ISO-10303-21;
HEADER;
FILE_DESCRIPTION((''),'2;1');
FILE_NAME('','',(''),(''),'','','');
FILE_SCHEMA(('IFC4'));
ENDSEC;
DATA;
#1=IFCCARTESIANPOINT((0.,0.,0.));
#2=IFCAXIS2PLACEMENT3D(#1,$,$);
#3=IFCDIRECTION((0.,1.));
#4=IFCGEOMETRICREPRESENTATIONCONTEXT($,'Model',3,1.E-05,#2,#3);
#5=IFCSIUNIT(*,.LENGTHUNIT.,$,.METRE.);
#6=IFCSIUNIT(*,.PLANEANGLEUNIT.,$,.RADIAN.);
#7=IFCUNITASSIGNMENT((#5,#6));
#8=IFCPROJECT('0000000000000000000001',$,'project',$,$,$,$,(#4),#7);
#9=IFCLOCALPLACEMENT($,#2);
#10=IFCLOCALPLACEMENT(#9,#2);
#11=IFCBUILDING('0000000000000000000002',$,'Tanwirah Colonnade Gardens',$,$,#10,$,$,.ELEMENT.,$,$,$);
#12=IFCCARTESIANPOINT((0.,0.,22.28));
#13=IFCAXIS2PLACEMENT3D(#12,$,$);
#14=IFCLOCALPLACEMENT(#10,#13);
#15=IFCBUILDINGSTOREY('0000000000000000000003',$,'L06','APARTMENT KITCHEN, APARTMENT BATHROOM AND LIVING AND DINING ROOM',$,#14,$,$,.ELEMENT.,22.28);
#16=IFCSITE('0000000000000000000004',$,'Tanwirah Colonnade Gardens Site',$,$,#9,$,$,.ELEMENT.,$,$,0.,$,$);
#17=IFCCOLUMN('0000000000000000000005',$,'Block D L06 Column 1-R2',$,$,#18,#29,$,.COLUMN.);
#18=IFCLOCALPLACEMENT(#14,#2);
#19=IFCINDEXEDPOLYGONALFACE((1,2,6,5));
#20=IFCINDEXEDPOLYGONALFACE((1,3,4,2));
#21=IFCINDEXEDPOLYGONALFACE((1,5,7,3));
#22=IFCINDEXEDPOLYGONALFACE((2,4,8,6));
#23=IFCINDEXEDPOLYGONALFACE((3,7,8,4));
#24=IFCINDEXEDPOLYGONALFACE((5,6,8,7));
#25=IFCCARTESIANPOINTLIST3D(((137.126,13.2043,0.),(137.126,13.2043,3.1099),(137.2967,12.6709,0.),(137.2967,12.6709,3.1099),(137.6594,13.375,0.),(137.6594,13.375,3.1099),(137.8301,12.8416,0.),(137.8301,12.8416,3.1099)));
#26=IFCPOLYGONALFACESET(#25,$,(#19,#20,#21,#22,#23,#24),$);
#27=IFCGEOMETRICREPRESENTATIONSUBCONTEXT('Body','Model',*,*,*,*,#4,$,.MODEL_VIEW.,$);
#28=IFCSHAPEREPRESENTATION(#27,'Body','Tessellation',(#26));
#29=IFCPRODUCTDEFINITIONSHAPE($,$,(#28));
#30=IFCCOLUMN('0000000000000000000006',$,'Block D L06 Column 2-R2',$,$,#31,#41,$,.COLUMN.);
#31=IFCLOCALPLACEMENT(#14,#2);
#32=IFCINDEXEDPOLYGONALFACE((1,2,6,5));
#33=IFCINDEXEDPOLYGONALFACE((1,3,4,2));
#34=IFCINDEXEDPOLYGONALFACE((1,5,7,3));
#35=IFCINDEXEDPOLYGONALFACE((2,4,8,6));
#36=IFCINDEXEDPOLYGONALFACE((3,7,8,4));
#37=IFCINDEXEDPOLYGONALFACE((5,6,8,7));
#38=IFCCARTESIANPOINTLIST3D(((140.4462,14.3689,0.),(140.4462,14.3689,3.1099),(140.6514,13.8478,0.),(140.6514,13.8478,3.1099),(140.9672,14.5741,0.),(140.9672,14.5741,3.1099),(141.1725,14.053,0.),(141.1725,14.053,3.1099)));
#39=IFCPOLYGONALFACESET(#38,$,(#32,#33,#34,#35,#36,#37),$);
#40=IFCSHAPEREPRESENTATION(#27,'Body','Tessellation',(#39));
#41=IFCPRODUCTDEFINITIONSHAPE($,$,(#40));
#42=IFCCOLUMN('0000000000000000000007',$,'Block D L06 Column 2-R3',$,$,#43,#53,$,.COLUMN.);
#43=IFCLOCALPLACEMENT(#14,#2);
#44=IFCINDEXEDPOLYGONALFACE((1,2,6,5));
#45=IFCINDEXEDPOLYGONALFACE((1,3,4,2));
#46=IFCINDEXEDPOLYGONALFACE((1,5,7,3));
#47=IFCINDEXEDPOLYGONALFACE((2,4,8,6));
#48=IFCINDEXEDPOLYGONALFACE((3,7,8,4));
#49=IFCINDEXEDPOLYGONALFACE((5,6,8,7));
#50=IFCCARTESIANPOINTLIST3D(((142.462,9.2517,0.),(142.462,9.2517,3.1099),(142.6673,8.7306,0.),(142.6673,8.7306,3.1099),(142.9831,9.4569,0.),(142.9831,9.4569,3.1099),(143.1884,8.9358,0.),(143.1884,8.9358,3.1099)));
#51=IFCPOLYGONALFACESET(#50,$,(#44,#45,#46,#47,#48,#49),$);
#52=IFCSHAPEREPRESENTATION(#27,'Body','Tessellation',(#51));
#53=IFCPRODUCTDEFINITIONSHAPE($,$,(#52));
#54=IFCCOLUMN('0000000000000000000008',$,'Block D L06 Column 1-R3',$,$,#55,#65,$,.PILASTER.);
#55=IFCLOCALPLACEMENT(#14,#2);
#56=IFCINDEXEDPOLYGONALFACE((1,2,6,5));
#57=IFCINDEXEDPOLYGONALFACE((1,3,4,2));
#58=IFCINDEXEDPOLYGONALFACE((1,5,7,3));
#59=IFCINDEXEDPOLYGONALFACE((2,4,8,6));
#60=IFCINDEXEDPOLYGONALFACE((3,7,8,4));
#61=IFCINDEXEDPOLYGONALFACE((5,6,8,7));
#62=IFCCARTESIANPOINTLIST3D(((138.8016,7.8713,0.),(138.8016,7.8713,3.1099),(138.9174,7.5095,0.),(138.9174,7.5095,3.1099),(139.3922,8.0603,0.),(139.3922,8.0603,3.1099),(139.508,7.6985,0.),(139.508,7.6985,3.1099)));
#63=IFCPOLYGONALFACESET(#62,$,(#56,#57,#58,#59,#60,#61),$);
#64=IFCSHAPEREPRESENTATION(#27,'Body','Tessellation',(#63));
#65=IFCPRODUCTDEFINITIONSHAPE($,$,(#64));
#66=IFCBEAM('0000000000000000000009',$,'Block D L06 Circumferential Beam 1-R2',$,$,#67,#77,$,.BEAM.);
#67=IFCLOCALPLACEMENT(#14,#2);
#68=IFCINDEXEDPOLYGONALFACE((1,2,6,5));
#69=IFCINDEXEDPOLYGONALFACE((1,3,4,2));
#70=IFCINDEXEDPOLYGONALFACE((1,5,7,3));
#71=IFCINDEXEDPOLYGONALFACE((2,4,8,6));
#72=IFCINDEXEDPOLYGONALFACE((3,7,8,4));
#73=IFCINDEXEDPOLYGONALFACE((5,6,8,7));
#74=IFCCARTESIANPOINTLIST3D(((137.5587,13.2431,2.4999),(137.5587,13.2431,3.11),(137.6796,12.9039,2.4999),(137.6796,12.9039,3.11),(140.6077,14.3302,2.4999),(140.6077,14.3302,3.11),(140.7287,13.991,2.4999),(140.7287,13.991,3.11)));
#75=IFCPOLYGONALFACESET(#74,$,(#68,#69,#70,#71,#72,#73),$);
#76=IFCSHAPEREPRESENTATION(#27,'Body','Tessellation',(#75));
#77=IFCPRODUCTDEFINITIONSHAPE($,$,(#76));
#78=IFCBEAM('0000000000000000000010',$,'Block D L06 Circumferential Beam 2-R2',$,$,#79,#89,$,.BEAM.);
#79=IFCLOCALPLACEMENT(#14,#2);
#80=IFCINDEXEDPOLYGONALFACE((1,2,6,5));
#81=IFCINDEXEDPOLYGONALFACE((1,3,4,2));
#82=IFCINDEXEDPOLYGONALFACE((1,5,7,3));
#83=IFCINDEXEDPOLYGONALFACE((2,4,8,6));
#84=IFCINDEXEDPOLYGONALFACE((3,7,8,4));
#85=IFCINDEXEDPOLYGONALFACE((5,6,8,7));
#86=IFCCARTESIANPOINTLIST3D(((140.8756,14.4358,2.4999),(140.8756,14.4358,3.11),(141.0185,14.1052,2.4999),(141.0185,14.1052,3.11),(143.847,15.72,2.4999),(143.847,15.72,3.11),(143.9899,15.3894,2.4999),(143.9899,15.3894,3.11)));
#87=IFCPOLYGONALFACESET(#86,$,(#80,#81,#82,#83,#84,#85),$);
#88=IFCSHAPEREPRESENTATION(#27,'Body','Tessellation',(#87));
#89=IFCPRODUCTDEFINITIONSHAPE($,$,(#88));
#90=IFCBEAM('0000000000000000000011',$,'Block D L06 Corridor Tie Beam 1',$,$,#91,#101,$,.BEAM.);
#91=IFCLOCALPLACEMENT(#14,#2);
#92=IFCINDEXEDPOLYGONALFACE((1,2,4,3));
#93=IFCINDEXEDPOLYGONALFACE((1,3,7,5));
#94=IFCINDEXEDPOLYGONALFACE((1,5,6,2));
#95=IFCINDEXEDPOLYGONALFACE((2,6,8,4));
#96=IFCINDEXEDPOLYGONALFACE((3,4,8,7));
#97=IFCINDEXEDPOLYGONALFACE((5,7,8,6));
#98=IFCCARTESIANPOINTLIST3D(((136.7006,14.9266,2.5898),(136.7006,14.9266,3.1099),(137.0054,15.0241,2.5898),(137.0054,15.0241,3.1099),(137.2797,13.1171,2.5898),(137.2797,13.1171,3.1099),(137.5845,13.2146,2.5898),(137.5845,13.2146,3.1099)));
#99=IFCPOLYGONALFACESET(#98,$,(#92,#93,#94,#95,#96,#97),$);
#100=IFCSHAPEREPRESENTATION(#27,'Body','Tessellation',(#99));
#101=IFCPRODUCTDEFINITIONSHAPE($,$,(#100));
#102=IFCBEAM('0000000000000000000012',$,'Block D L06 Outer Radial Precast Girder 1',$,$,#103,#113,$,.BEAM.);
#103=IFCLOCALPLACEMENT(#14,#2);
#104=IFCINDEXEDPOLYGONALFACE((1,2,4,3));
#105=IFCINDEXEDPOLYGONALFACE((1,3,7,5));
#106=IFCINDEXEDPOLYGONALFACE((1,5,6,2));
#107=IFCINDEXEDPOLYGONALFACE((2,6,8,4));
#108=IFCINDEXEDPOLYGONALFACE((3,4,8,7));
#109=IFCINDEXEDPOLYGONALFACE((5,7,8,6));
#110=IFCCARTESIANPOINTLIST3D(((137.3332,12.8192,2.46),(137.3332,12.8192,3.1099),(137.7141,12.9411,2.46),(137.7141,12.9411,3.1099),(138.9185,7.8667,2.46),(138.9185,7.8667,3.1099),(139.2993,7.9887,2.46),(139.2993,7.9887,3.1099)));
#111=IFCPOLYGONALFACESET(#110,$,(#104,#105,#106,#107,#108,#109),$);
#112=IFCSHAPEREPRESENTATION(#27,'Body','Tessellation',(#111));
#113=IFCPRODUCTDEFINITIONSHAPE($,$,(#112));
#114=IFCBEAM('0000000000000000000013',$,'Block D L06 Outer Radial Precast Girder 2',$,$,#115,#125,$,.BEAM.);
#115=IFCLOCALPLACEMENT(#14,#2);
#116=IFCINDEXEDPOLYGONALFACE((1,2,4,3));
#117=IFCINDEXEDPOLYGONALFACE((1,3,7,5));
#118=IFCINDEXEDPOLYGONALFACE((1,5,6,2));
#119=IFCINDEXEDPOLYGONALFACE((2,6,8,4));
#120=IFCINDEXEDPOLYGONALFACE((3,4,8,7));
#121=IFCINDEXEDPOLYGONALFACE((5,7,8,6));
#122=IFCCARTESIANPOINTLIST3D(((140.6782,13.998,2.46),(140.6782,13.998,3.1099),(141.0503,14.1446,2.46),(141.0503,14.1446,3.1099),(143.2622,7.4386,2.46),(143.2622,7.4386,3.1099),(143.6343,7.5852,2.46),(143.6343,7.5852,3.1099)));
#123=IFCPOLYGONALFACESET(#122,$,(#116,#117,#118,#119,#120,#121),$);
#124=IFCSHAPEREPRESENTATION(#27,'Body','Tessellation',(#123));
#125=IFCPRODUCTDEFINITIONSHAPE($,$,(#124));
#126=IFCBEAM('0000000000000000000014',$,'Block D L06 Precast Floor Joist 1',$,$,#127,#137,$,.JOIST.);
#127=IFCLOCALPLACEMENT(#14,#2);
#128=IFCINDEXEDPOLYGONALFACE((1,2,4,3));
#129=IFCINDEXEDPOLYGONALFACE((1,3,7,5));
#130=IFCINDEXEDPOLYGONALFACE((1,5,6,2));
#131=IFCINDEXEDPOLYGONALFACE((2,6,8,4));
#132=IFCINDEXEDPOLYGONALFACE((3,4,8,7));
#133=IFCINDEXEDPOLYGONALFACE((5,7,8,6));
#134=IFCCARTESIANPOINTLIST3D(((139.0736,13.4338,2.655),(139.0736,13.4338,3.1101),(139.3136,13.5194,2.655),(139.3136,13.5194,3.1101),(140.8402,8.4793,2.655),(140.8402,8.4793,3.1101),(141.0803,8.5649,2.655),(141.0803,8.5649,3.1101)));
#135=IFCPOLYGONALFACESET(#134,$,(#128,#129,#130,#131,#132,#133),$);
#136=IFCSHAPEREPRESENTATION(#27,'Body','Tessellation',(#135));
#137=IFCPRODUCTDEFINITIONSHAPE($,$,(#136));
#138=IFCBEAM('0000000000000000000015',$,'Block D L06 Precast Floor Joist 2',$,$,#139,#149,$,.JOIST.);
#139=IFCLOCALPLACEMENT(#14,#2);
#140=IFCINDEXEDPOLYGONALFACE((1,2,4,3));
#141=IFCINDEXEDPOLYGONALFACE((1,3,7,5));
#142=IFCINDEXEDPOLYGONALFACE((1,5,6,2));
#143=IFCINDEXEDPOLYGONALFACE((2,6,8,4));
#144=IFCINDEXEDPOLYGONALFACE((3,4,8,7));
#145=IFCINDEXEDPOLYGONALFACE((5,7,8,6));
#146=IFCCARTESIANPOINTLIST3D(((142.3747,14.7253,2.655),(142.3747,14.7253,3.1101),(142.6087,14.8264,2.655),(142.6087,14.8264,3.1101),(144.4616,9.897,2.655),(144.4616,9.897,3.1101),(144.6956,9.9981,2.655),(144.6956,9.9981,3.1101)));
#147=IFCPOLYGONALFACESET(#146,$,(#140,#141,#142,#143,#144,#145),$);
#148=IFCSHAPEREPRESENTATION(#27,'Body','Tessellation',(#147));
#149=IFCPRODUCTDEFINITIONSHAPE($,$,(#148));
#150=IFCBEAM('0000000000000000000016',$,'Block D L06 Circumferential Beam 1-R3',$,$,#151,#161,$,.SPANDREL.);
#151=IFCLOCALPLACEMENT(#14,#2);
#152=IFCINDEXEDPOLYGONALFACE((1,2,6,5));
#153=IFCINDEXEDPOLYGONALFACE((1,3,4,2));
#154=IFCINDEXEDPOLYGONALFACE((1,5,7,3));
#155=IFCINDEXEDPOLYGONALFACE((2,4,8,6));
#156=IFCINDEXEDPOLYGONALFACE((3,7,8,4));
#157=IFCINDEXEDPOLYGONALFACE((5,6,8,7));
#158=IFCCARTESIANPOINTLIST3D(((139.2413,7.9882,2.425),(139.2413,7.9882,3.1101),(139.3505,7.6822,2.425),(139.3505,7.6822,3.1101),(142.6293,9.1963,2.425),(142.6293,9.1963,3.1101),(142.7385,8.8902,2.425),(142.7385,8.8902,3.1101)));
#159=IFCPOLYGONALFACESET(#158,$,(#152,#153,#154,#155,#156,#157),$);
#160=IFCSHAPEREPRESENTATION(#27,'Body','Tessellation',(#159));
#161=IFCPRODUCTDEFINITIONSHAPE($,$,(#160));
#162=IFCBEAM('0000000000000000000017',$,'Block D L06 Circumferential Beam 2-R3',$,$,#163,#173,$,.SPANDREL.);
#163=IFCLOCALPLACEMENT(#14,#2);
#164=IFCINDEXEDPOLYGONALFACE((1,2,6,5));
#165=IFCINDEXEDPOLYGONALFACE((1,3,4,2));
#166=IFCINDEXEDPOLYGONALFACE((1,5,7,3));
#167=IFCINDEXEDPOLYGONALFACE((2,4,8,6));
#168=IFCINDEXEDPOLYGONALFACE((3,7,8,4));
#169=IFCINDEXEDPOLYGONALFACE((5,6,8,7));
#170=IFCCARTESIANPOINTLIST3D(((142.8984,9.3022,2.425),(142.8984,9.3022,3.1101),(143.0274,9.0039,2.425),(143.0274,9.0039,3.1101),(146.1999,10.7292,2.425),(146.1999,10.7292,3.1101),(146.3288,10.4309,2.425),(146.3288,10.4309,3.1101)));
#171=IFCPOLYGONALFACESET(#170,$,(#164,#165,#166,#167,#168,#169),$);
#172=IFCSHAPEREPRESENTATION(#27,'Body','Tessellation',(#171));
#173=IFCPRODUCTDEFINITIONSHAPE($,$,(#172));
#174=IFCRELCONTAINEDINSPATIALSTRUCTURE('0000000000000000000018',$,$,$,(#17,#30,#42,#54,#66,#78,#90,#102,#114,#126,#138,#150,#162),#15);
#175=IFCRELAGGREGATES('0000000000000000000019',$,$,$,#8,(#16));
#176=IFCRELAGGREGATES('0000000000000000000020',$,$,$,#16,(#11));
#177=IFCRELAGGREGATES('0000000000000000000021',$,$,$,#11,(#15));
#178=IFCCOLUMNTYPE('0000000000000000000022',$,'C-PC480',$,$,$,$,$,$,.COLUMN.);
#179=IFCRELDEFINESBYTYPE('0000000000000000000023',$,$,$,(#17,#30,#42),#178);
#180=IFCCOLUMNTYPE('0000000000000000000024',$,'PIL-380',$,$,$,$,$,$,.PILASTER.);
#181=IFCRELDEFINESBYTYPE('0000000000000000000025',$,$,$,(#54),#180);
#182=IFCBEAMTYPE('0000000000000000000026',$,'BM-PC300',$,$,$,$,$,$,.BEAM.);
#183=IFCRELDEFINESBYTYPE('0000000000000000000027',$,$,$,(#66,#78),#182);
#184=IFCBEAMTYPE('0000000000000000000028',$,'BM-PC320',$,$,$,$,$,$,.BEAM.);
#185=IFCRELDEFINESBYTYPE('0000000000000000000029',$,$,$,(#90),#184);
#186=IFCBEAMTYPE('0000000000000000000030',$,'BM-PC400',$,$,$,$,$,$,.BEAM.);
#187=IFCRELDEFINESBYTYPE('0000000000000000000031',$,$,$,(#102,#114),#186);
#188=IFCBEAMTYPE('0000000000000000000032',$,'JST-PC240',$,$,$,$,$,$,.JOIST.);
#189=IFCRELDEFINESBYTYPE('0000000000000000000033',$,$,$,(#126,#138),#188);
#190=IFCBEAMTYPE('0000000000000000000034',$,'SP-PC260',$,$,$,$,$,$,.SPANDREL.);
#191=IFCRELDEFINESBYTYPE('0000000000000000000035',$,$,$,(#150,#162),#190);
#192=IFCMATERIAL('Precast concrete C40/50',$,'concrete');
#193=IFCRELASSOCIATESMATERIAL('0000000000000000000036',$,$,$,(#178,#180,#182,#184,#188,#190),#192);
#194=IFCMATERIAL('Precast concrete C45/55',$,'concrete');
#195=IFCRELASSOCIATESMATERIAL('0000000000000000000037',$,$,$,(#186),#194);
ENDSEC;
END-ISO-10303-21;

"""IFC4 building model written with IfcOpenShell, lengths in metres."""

from ifc_helpers import new_model, si_unit, direction, frame, origin, origin_2d, place, context, subcontext, project, spatial, rectangle, extrude, material, material_profile, profile_set, type_object, element, save


model = new_model("IFC4")

# Units and contexts
model_context = context("Model", 3, precision=1e-05, world=origin(), true_north=direction((0.0, 1.0)))
body_context = subcontext(model_context, "Body", "Model", "MODEL_VIEW")
ifc_project = project(units=[si_unit("LENGTHUNIT", "METRE"), si_unit("PLANEANGLEUNIT", "RADIAN")], contexts=[model_context])

# Site, building, storey
site_placement = place(None, origin())
site = spatial("IfcSite", under=ifc_project, at=site_placement, Name="Tanwirah Colonnade Gardens Site", CompositionType="ELEMENT", RefElevation=0.0)
building_placement = place(site_placement, origin())
building = spatial("IfcBuilding", under=site, at=building_placement, Name="Tanwirah Colonnade Gardens", CompositionType="ELEMENT")
storey_placement = place(building_placement, frame((0.0, 0.0, 22.28)))
storey = spatial("IfcBuildingStorey", under=building, at=storey_placement, Name="L06", Description="APARTMENT KITCHEN, APARTMENT BATHROOM AND LIVING AND DINING ROOM", CompositionType="ELEMENT", Elevation=22.28)

# Columns
ifc_material_1 = material(Name="Precast concrete C40/50", Category="concrete")
ifc_material_profile_1 = material_profile(ifc_material_1, rectangle(XDim=0.5601, YDim=0.5601, at=origin_2d()), Name="PC-COL 560x560")
ifc_profile_set_1 = profile_set([ifc_material_profile_1], Name="Precast concrete C40/50")
column_type_1 = type_object("IfcColumnType", Name="C-PC480", PredefinedType="COLUMN", material=ifc_profile_set_1)
for number, where, z_axis, x_axis, name in (
    (1, (137.478, 13.0229, 0.0), (0.0, 0.0, 1.0), (0.304864, -0.952396, 0.0), "Block D L06 Column 1-R2"),
    (2, (140.8093, 14.2109, 0.0), (0.0, 0.0, 1.0), (0.366501, -0.930418, 0.0), "Block D L06 Column 2-R2"),
    (3, (142.8252, 9.0938, 0.0), (0.0, 0.0, 1.0), (0.366501, -0.930418, 0.0), "Block D L06 Column 2-R3"),
):
    element("IfcColumn", number, at=place(storey_placement, frame(where, z_axis=z_axis, x_axis=x_axis)), inside=storey, type_object=column_type_1, Name=name, PredefinedType="COLUMN", context=body_context, shape_type="SweptSolid", body=[
        extrude(rectangle(XDim=0.5601, YDim=0.5601, at=origin_2d()), origin(), (0.0, 0.0, 1.0), 3.1099),
    ])
ifc_material_profile_2 = material_profile(ifc_material_1, rectangle(XDim=0.3799, YDim=0.6201, at=origin_2d()), Name="PC-PIL 380x620")
ifc_profile_set_2 = profile_set([ifc_material_profile_2], Name="Precast concrete C40/50")
column_type_2 = type_object("IfcColumnType", Name="PIL-380", PredefinedType="PILASTER", material=ifc_profile_set_2)
column_placement = place(storey_placement, frame((139.1548, 7.7849, 0.0), z_axis=(0.0, 0.0, 1.0), x_axis=(0.304864, -0.952396, 0.0)))
element("IfcColumn", 4, at=column_placement, inside=storey, type_object=column_type_2, Name="Block D L06 Column 1-R3", PredefinedType="PILASTER", context=body_context, shape_type="SweptSolid", body=[
    extrude(rectangle(XDim=0.3799, YDim=0.6201, at=origin_2d()), origin(), (0.0, 0.0, 1.0), 3.1099),
])

# Beams
ifc_material_profile_3 = material_profile(ifc_material_1, rectangle(XDim=0.3601, YDim=0.6101, at=origin_2d()), Name="PC-BM 360x610")
ifc_profile_set_3 = profile_set([ifc_material_profile_3], Name="Precast concrete C40/50")
beam_type_1 = type_object("IfcBeamType", Name="BM-PC300", PredefinedType="BEAM", material=ifc_profile_set_3)
for number, where, z_axis, x_axis, name in (
    (5, (137.6191, 13.0735, 2.8049), (0.941918, 0.335844, 0.0), (-0.335844, 0.941918, 0.0), "Block D L06 Circumferential Beam 1-R2"),
    (6, (140.947, 14.2705, 2.8049), (0.917943, 0.396712, 0.0), (-0.396712, 0.917943, 0.0), "Block D L06 Circumferential Beam 2-R2"),
):
    element("IfcBeam", number, at=place(storey_placement, frame(where, z_axis=z_axis, x_axis=x_axis)), inside=storey, type_object=beam_type_1, Name=name, PredefinedType="BEAM", context=body_context, shape_type="SweptSolid", body=[
        extrude(rectangle(XDim=0.3601, YDim=0.6101, at=origin_2d()), origin(), (0.0, 0.0, 1.0), 3.2371),
    ])
ifc_material_profile_4 = material_profile(ifc_material_1, rectangle(XDim=0.3201, YDim=0.52, at=origin_2d()), Name="PC-BM 320x520")
ifc_profile_set_4 = profile_set([ifc_material_profile_4], Name="Precast concrete C40/50")
beam_type_2 = type_object("IfcBeamType", Name="BM-PC320", PredefinedType="BEAM", material=ifc_profile_set_4)
beam_1_placement = place(storey_placement, frame((136.853, 14.9753, 2.8499), z_axis=(0.304794, -0.952418, 0.0), x_axis=(0.952418, 0.304794, 0.0)))
element("IfcBeam", 7, at=beam_1_placement, inside=storey, type_object=beam_type_2, Name="Block D L06 Corridor Tie Beam 1", PredefinedType="BEAM", context=body_context, shape_type="SweptSolid", body=[
    extrude(rectangle(XDim=0.3201, YDim=0.52, at=origin_2d()), origin(), (0.0, 0.0, 1.0), 1.8999),
])
ifc_material_2 = material(Name="Precast concrete C45/55", Category="concrete")
ifc_material_profile_5 = material_profile(ifc_material_2, rectangle(XDim=0.3999, YDim=0.6499, at=origin_2d()), Name="PC-BM 400x650")
ifc_profile_set_5 = profile_set([ifc_material_profile_5], Name="Precast concrete C45/55")
beam_type_3 = type_object("IfcBeamType", Name="BM-PC400", PredefinedType="BEAM", material=ifc_profile_set_5)
beam_2_placement = place(storey_placement, frame((137.5237, 12.8801, 2.7849), z_axis=(0.304852, -0.9524, 0.0), x_axis=(0.9524, 0.304852, 0.0)))
element("IfcBeam", 8, at=beam_2_placement, inside=storey, type_object=beam_type_3, Name="Block D L06 Outer Radial Precast Girder 1", PredefinedType="BEAM", context=body_context, shape_type="SweptSolid", body=[
    extrude(rectangle(XDim=0.3999, YDim=0.6499, at=origin_2d()), origin(), (0.0, 0.0, 1.0), 5.2),
])
beam_3_placement = place(storey_placement, frame((140.8643, 14.0713, 2.7849), z_axis=(0.366525, -0.930408, 0.0), x_axis=(0.930408, 0.366525, 0.0)))
element("IfcBeam", 9, at=beam_3_placement, inside=storey, type_object=beam_type_3, Name="Block D L06 Outer Radial Precast Girder 2", PredefinedType="BEAM", context=body_context, shape_type="SweptSolid", body=[
    extrude(rectangle(XDim=0.3999, YDim=0.6499, at=origin_2d()), origin(), (0.0, 0.0, 1.0), 7.05),
])
ifc_material_profile_6 = material_profile(ifc_material_1, rectangle(XDim=0.2549, YDim=0.4551, at=origin_2d()), Name="PC-JST 255x455")
ifc_profile_set_6 = profile_set([ifc_material_profile_6], Name="Precast concrete C40/50")
beam_type_4 = type_object("IfcBeamType", Name="JST-PC240", PredefinedType="JOIST", material=ifc_profile_set_6)
for number, where, z_axis, x_axis, name in (
    (10, (139.1936, 13.4766, 2.8826), (0.335863, -0.941911, 0.0), (0.941911, 0.335863, 0.0), "Block D L06 Precast Floor Joist 1"),
    (11, (142.4917, 14.7759, 2.8826), (0.396746, -0.917928, 0.0), (0.917928, 0.396746, 0.0), "Block D L06 Precast Floor Joist 2"),
):
    element("IfcBeam", number, at=place(storey_placement, frame(where, z_axis=z_axis, x_axis=x_axis)), inside=storey, type_object=beam_type_4, Name=name, PredefinedType="JOIST", context=body_context, shape_type="SweptSolid", body=[
        extrude(rectangle(XDim=0.2549, YDim=0.4551, at=origin_2d()), origin(), (0.0, 0.0, 1.0), 5.26),
    ])
ifc_material_profile_7 = material_profile(ifc_material_1, rectangle(XDim=0.325, YDim=0.6851, at=origin_2d()), Name="PC-SP 325x685")
ifc_profile_set_7 = profile_set([ifc_material_profile_7], Name="Precast concrete C40/50")
beam_type_5 = type_object("IfcBeamType", Name="SP-PC260", PredefinedType="SPANDREL", material=ifc_profile_set_7)
beam_4_placement = place(storey_placement, frame((139.2959, 7.8352, 2.7676), z_axis=(0.941915, 0.33585, 0.0), x_axis=(-0.33585, 0.941915, 0.0)))
element("IfcBeam", 12, at=beam_4_placement, inside=storey, type_object=beam_type_5, Name="Block D L06 Circumferential Beam 1-R3", PredefinedType="SPANDREL", context=body_context, shape_type="SweptSolid", body=[
    extrude(rectangle(XDim=0.325, YDim=0.6851, at=origin_2d()), origin(), (0.0, 0.0, 1.0), 3.5969),
])
beam_5_placement = place(storey_placement, frame((142.9629, 9.1531, 2.7676), z_axis=(0.917926, 0.396752, 0.0), x_axis=(-0.396752, 0.917926, 0.0)))
element("IfcBeam", 13, at=beam_5_placement, inside=storey, type_object=beam_type_5, Name="Block D L06 Circumferential Beam 2-R3", PredefinedType="SPANDREL", context=body_context, shape_type="SweptSolid", body=[
    extrude(rectangle(XDim=0.325, YDim=0.6851, at=origin_2d()), origin(), (0.0, 0.0, 1.0), 3.5967),
])

save(model, "model.ifc")
